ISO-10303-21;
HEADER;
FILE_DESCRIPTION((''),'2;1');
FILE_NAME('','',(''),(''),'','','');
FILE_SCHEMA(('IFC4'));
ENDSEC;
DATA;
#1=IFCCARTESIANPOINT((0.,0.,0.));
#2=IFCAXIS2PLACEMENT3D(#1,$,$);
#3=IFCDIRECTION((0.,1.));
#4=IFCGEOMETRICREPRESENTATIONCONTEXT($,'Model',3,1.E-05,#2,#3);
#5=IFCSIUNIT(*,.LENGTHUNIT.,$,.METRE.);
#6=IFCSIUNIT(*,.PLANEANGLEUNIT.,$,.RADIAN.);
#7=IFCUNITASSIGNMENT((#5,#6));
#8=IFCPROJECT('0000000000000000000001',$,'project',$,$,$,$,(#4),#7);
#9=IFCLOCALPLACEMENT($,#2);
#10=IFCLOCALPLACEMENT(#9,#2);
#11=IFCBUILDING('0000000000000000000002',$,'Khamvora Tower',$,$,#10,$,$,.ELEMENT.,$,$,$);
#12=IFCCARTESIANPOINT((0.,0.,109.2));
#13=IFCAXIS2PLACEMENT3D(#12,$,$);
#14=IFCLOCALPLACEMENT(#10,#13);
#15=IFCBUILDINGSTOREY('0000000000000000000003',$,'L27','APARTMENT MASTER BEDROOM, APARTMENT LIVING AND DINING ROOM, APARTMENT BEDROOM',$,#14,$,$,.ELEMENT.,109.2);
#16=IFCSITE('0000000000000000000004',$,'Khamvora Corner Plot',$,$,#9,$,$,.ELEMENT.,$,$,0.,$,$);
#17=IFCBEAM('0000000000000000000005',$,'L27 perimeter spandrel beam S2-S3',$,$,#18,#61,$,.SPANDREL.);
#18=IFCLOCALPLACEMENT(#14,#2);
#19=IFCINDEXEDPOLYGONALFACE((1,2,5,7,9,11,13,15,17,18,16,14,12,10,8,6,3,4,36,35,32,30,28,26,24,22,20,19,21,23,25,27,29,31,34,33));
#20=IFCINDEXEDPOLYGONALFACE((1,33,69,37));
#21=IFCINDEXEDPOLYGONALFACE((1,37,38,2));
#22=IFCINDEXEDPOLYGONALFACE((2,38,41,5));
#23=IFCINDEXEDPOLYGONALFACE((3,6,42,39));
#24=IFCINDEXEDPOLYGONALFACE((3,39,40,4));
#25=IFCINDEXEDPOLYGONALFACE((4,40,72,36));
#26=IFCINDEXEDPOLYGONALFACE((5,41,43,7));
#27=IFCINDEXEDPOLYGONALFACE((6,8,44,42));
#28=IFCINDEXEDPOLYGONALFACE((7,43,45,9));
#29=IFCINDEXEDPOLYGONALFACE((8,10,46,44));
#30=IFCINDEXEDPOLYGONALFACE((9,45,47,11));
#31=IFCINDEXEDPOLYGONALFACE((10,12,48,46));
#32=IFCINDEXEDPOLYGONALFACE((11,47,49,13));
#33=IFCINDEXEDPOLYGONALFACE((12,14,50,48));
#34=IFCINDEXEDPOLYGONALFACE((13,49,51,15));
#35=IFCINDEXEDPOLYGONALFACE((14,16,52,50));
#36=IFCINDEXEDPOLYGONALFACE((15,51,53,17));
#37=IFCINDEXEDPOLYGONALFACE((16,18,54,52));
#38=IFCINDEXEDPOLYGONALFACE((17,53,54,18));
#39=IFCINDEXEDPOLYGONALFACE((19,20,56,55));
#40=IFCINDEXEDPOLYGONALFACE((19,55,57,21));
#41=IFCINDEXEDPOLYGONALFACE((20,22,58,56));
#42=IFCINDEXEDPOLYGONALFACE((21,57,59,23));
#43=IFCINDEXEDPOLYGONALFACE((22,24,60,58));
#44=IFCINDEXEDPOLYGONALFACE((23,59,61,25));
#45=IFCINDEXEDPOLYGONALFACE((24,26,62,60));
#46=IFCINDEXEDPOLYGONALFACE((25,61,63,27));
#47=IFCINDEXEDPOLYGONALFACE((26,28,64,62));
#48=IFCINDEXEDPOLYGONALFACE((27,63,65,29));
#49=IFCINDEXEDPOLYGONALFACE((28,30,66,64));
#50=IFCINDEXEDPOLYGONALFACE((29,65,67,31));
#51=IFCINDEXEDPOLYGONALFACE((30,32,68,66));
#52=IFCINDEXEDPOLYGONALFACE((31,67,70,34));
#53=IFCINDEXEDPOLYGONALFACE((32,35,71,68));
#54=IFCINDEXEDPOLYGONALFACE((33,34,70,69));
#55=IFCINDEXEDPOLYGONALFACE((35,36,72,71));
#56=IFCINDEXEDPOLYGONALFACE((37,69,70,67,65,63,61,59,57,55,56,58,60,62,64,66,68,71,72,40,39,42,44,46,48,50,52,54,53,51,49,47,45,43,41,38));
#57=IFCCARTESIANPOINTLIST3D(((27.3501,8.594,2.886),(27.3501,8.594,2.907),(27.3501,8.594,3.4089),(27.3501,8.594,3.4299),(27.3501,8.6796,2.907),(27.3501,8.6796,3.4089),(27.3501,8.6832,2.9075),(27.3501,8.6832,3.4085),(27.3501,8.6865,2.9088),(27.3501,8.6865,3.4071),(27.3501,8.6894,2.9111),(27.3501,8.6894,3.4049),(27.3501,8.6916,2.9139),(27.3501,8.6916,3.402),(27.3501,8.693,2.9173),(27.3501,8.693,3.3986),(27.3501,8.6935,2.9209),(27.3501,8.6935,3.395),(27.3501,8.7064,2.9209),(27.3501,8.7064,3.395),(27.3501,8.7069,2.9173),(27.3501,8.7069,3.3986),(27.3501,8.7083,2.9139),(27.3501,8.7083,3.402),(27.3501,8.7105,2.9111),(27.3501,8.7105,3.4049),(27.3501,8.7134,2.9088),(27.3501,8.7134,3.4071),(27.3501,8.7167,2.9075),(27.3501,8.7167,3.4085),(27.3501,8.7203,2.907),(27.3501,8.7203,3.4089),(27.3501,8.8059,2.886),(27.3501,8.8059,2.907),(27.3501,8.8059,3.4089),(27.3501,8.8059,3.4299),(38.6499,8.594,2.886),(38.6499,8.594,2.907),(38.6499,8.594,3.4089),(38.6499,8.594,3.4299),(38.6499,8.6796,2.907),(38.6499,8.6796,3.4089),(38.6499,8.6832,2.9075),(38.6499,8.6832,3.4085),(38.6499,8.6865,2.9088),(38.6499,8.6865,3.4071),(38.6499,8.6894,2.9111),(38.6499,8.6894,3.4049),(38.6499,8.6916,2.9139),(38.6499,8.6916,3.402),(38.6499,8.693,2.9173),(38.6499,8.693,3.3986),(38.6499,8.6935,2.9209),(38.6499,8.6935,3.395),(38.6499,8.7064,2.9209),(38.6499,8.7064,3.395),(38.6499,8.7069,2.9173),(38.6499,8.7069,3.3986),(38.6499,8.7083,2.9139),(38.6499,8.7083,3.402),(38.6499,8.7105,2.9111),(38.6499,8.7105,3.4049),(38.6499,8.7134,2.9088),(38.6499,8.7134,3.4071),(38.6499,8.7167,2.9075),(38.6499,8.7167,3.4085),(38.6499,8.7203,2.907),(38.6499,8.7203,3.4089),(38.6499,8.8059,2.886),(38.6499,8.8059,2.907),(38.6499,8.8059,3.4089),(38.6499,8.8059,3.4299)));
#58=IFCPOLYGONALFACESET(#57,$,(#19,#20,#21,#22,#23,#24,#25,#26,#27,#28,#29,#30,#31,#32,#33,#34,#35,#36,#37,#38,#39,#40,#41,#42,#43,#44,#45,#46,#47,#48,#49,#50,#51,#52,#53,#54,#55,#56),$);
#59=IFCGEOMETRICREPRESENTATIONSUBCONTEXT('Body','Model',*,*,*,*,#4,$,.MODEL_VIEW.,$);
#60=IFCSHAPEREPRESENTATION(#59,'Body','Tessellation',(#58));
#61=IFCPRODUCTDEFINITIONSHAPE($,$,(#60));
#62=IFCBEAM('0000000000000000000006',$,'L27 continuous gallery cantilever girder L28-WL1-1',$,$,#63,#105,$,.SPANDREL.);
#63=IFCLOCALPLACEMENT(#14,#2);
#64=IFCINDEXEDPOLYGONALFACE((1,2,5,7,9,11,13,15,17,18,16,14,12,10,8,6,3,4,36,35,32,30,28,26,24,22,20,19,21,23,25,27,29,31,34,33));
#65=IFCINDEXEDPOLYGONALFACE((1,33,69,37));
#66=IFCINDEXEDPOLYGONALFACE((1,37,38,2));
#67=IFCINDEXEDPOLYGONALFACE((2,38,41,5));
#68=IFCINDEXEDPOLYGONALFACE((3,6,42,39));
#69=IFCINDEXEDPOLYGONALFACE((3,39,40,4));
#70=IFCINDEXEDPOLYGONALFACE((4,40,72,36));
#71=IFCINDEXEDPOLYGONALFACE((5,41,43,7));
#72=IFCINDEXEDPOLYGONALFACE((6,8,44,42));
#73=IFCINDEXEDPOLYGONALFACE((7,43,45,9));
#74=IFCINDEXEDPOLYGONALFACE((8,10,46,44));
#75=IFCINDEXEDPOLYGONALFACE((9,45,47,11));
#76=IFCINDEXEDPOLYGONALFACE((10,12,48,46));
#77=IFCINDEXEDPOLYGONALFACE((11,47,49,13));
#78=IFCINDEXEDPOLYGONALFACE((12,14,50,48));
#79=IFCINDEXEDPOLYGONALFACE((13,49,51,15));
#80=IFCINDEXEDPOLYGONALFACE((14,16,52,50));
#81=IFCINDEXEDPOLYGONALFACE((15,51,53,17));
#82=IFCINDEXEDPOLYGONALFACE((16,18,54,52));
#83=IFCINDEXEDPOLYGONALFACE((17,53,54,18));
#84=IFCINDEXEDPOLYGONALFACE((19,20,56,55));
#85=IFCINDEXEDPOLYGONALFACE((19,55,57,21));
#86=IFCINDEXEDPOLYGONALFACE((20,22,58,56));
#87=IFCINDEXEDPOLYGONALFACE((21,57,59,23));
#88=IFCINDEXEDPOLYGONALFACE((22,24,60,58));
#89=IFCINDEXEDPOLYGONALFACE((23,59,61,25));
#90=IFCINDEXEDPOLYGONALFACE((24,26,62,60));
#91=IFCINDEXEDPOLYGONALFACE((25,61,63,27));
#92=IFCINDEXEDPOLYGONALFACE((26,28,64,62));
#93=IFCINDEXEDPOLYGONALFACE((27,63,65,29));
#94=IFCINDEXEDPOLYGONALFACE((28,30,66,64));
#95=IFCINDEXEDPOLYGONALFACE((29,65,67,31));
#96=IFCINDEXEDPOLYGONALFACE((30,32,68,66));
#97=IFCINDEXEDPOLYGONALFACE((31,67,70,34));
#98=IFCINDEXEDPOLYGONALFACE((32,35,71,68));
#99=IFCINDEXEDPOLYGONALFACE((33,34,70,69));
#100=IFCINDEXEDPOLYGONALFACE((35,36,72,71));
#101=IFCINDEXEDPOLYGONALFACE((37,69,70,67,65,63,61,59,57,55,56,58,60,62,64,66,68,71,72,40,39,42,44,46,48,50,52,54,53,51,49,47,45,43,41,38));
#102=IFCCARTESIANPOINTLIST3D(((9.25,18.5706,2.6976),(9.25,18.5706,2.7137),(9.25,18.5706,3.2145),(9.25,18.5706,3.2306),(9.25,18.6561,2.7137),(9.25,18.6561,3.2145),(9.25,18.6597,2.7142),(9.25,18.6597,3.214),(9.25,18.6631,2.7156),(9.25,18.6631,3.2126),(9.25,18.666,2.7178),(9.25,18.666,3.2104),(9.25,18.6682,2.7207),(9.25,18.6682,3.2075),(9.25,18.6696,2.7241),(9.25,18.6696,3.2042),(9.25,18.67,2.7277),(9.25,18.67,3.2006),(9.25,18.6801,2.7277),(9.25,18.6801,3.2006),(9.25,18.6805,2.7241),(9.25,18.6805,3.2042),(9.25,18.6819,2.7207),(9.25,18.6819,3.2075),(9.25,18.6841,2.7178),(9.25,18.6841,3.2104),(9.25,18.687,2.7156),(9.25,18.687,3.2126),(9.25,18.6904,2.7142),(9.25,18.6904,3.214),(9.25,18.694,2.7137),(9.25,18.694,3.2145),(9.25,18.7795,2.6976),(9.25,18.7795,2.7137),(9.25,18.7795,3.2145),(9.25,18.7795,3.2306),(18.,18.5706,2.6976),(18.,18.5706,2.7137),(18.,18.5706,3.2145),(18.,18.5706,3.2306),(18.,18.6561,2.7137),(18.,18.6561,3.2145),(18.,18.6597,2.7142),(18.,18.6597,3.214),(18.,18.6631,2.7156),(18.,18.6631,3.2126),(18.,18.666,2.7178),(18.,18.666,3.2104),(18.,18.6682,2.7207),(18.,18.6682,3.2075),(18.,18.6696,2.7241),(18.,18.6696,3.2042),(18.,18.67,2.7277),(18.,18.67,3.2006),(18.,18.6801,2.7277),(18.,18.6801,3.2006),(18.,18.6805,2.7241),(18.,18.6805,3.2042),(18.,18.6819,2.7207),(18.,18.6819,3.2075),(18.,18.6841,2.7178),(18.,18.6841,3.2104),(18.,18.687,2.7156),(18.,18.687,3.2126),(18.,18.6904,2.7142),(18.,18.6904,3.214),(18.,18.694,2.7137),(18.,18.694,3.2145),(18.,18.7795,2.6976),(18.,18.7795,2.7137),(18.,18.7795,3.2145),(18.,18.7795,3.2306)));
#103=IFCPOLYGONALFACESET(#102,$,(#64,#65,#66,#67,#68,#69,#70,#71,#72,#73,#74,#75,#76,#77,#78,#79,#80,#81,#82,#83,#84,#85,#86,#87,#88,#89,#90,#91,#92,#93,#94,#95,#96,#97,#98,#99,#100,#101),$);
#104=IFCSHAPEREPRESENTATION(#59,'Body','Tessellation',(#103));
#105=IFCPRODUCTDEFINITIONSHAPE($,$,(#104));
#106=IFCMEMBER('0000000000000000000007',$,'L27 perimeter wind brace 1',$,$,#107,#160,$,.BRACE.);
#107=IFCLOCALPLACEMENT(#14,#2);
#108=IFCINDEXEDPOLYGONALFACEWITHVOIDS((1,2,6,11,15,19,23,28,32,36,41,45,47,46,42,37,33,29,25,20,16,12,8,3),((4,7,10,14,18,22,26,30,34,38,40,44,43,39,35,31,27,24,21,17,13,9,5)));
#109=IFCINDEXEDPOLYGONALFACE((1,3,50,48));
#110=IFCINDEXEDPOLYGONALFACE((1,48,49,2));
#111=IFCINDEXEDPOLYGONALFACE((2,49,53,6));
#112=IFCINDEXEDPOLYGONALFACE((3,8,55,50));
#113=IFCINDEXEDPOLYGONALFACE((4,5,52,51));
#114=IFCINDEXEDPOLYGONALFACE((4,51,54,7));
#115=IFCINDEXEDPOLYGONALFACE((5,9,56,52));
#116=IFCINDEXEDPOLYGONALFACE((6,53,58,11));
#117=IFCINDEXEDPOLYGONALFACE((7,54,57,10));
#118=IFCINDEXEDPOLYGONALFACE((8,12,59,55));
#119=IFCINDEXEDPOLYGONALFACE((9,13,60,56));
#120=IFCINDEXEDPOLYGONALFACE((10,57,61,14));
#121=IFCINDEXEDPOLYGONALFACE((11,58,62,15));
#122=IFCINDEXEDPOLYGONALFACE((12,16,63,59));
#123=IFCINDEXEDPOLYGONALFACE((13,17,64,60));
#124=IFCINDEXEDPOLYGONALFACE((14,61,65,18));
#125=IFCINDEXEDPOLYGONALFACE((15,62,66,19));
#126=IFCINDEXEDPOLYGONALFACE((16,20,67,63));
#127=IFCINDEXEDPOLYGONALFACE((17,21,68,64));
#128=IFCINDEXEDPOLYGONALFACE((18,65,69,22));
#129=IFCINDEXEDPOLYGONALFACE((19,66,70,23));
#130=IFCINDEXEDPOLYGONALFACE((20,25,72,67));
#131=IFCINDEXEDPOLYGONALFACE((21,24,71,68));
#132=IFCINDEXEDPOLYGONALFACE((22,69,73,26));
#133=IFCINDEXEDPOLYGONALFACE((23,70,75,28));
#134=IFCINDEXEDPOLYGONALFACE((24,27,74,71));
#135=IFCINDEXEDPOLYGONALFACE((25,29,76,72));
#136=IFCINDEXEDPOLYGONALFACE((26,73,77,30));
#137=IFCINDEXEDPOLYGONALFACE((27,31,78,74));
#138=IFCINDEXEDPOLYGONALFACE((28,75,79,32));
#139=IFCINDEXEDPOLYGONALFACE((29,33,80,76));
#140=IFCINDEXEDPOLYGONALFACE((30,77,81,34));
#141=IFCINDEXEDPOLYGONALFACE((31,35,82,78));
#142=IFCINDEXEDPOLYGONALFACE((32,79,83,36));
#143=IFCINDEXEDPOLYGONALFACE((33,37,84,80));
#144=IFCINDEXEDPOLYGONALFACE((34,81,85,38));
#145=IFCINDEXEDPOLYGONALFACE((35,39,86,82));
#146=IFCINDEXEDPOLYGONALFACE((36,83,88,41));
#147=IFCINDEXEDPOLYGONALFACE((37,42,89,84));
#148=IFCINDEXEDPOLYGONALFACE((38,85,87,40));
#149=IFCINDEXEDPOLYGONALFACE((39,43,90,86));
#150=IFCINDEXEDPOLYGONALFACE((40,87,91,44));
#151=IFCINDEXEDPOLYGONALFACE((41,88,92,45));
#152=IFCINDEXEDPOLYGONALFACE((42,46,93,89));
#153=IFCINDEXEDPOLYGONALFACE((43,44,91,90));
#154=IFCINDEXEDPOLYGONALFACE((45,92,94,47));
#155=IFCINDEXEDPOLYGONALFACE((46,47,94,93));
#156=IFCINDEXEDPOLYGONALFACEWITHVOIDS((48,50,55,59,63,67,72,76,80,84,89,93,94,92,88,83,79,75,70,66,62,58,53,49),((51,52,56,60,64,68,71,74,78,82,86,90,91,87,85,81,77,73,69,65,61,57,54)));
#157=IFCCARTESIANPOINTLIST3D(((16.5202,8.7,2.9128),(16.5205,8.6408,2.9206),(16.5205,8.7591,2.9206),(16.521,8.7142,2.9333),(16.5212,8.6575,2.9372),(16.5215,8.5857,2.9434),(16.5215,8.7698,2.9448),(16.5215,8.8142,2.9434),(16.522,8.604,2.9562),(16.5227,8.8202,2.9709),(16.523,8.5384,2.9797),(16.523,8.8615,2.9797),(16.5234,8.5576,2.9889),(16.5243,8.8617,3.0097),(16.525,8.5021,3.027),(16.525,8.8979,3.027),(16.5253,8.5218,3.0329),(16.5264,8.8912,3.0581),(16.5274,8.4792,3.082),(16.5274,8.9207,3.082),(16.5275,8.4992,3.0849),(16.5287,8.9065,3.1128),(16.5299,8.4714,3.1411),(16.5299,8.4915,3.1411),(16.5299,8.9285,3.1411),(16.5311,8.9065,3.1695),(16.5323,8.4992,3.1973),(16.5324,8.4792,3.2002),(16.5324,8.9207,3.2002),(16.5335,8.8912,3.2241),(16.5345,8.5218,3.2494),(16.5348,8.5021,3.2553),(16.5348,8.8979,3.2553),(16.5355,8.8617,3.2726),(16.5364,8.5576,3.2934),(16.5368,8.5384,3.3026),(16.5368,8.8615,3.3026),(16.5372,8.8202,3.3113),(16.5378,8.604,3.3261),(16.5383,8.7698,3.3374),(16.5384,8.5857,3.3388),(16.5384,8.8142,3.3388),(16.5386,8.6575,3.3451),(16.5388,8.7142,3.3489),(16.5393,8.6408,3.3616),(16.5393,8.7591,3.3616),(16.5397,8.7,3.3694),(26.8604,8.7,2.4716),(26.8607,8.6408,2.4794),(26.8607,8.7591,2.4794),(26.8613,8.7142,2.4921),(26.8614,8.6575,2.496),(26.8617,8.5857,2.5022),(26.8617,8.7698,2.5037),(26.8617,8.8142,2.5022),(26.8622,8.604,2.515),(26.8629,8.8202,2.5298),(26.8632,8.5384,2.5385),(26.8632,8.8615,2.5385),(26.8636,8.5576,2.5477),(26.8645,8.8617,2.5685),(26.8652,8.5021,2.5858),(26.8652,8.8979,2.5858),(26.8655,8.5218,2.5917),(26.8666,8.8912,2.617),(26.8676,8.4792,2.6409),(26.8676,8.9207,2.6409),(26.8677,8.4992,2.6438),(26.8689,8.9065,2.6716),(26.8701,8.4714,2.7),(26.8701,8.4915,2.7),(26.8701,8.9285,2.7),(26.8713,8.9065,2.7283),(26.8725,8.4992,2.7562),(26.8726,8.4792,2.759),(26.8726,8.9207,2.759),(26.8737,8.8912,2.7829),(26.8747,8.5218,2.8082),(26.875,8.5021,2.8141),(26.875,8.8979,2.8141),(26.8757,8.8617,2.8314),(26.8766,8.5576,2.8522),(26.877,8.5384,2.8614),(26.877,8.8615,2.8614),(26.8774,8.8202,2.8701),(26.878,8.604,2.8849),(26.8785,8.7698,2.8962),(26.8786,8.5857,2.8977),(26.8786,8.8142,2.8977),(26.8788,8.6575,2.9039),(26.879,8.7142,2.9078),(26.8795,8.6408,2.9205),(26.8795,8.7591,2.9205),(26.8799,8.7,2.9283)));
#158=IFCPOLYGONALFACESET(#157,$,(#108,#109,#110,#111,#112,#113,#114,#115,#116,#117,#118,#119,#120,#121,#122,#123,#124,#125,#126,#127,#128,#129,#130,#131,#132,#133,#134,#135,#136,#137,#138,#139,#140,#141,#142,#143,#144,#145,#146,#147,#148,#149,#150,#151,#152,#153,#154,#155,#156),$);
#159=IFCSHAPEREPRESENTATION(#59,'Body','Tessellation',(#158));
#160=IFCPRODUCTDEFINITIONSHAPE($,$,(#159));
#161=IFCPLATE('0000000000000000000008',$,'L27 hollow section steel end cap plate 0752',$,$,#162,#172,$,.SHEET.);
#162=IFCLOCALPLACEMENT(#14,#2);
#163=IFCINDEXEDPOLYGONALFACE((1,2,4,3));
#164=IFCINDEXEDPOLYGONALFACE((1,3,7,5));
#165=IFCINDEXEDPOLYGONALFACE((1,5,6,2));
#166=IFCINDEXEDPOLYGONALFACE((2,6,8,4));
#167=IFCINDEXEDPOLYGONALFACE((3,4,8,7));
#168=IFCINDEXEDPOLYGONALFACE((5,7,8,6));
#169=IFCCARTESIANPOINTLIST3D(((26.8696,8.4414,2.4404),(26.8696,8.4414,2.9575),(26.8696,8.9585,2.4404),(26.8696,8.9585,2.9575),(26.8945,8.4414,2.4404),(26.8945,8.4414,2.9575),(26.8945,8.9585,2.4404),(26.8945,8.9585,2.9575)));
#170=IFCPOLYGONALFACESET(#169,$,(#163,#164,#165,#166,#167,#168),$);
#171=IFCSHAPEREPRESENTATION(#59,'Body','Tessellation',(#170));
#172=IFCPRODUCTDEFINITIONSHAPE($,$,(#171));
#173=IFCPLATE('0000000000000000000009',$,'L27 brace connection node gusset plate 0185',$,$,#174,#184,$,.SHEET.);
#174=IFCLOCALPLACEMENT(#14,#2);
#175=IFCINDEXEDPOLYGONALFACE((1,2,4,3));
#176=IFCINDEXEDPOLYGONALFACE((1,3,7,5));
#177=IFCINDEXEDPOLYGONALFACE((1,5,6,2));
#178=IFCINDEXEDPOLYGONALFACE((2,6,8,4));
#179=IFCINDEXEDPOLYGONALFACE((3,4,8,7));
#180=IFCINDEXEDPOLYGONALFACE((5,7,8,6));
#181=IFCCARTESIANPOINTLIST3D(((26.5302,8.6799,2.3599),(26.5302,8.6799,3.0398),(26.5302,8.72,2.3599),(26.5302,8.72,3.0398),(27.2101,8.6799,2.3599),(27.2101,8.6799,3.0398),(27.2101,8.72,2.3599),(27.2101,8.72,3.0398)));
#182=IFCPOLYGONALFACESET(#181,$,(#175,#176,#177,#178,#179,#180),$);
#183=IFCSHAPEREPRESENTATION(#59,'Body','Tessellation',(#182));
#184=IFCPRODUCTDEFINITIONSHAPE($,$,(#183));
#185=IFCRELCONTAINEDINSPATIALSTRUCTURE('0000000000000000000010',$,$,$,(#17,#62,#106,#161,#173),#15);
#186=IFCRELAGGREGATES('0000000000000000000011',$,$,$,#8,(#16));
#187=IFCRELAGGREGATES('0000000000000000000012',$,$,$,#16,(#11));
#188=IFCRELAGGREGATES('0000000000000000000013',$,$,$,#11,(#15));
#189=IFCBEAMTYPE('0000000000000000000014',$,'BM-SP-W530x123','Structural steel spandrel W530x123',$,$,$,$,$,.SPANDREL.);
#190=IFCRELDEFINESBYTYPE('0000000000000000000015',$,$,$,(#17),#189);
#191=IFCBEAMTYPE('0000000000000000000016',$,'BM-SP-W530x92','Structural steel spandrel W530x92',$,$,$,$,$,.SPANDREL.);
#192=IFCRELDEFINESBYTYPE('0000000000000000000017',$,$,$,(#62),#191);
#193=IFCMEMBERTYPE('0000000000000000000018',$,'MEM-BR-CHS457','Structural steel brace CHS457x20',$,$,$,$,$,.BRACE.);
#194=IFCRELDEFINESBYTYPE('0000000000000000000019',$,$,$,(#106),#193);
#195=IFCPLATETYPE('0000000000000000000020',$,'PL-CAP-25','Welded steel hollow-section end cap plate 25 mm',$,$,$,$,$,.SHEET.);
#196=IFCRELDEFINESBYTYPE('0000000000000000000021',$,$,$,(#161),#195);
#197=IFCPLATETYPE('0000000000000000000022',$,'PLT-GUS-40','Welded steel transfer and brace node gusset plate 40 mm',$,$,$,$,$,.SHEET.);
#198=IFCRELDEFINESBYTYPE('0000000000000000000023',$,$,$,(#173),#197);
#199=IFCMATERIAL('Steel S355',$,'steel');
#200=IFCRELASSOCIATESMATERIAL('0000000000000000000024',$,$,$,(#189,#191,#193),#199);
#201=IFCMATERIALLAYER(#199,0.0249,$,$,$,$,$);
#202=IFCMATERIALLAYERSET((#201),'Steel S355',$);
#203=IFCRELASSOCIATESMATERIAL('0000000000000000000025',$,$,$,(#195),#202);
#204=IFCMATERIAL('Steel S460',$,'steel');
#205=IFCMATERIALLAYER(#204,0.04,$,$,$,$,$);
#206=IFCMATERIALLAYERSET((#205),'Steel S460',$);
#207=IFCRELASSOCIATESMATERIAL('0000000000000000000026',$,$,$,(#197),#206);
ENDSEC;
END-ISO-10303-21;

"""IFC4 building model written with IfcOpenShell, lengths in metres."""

from ifc_helpers import new_model, si_unit, direction, frame, origin, origin_2d, place, context, subcontext, project, spatial, rectangle, hollow_circle, i_section, extrude, material, layer, layer_set, material_profile, profile_set, type_object, element, save


model = new_model("IFC4")

# Units and contexts
model_context = context("Model", 3, precision=1e-05, world=origin(), true_north=direction((0.0, 1.0)))
body_context = subcontext(model_context, "Body", "Model", "MODEL_VIEW")
ifc_project = project(units=[si_unit("LENGTHUNIT", "METRE"), si_unit("PLANEANGLEUNIT", "RADIAN")], contexts=[model_context])

# Site, building, storey
site_placement = place(None, origin())
site = spatial("IfcSite", under=ifc_project, at=site_placement, Name="Khamvora Corner Plot", CompositionType="ELEMENT", RefElevation=0.0)
building_placement = place(site_placement, origin())
building = spatial("IfcBuilding", under=site, at=building_placement, Name="Khamvora Tower", CompositionType="ELEMENT")
storey_placement = place(building_placement, frame((0.0, 0.0, 109.2)))
storey = spatial("IfcBuildingStorey", under=building, at=storey_placement, Name="L27", Description="APARTMENT MASTER BEDROOM, APARTMENT LIVING AND DINING ROOM, APARTMENT BEDROOM", CompositionType="ELEMENT", Elevation=109.2)

# Shared definitions
ifc_material_1 = material(Name="Steel S355", Category="steel")

# Beams
ifc_material_profile_1 = material_profile(ifc_material_1, i_section(OverallWidth=0.2119, OverallDepth=0.5439, WebThickness=0.0129, FlangeThickness=0.021, FilletRadius=0.0139, at=origin_2d()), Name="W530x123")
ifc_profile_set_1 = profile_set([ifc_material_profile_1], Name="Steel S355")
beam_type_1 = type_object("IfcBeamType", Name="BM-SP-W530x123", Description="Structural steel spandrel W530x123", PredefinedType="SPANDREL", material=ifc_profile_set_1)
beam_1_placement = place(storey_placement, frame((27.3501, 8.7, 3.158), z_axis=(1.0, 0.0, 0.0), x_axis=(0.0, 1.0, 0.0)))
element("IfcBeam", 1, at=beam_1_placement, inside=storey, type_object=beam_type_1, Name="L27 perimeter spandrel beam S2-S3", PredefinedType="SPANDREL", context=body_context, shape_type="SweptSolid", body=[
    extrude(i_section(OverallWidth=0.2119, OverallDepth=0.5439, WebThickness=0.0129, FlangeThickness=0.021, FilletRadius=0.0139, at=origin_2d()), origin(), (0.0, 0.0, 1.0), 11.2998),
])
ifc_material_profile_2 = material_profile(ifc_material_1, i_section(OverallWidth=0.209, OverallDepth=0.533, WebThickness=0.01, FlangeThickness=0.0161, FilletRadius=0.0139, at=origin_2d()), Name="W530x92")
ifc_profile_set_2 = profile_set([ifc_material_profile_2], Name="Steel S355")
beam_type_2 = type_object("IfcBeamType", Name="BM-SP-W530x92", Description="Structural steel spandrel W530x92", PredefinedType="SPANDREL", material=ifc_profile_set_2)
beam_2_placement = place(storey_placement, frame((18.0, 18.675, 2.9641), z_axis=(-1.0, 0.0, 0.0), x_axis=(0.0, -1.0, 0.0)))
element("IfcBeam", 2, at=beam_2_placement, inside=storey, type_object=beam_type_2, Name="L27 continuous gallery cantilever girder L28-WL1-1", PredefinedType="SPANDREL", context=body_context, shape_type="SweptSolid", body=[
    extrude(i_section(OverallWidth=0.209, OverallDepth=0.533, WebThickness=0.01, FlangeThickness=0.0161, FilletRadius=0.0139, at=origin_2d()), origin(), (0.0, 0.0, 1.0), 8.75),
])

# Member
ifc_material_profile_3 = material_profile(ifc_material_1, hollow_circle(Radius=0.2285, WallThickness=0.02, at=origin_2d()), Name="CHS457x20")
ifc_profile_set_3 = profile_set([ifc_material_profile_3], Name="Steel S355")
member_type = type_object("IfcMemberType", Name="MEM-BR-CHS457", Description="Structural steel brace CHS457x20", PredefinedType="BRACE", material=ifc_profile_set_3)
member_placement = place(storey_placement, frame((26.8701, 8.7, 2.7), z_axis=(-0.999091, 0.0, 0.042626), x_axis=(0.0, -1.0, 0.0)))
element("IfcMember", 3, at=member_placement, inside=storey, type_object=member_type, Name="L27 perimeter wind brace 1", PredefinedType="BRACE", context=body_context, shape_type="SweptSolid", body=[
    extrude(hollow_circle(Radius=0.2285, WallThickness=0.02, at=origin_2d()), origin(), (0.0, 0.0, 1.0), 10.3496),
])

# Plates
ifc_layer_1 = layer(ifc_material_1, 0.0249)
ifc_layer_set_1 = layer_set([ifc_layer_1], Name="Steel S355")
plate_type_1 = type_object("IfcPlateType", Name="PL-CAP-25", Description="Welded steel hollow-section end cap plate 25 mm", PredefinedType="SHEET", material=ifc_layer_set_1)
plate_1_placement = place(storey_placement, frame((26.8821, 8.7, 2.4404), z_axis=(0.0, 0.0, 1.0), x_axis=(-1.0, 0.0, 0.0)))
element("IfcPlate", 4, at=plate_1_placement, inside=storey, type_object=plate_type_1, Name="L27 hollow section steel end cap plate 0752", PredefinedType="SHEET", context=body_context, shape_type="SweptSolid", body=[
    extrude(rectangle(XDim=0.0249, YDim=0.5171, at=origin_2d()), origin(), (0.0, 0.0, 1.0), 0.5171),
])
ifc_material_2 = material(Name="Steel S460", Category="steel")
ifc_layer_2 = layer(ifc_material_2, 0.04)
ifc_layer_set_2 = layer_set([ifc_layer_2], Name="Steel S460")
plate_type_2 = type_object("IfcPlateType", Name="PLT-GUS-40", Description="Welded steel transfer and brace node gusset plate 40 mm", PredefinedType="SHEET", material=ifc_layer_set_2)
plate_2_placement = place(storey_placement, frame((26.8701, 8.7, 2.3599), z_axis=(0.0, 0.0, 1.0), x_axis=(1.0, 0.0, 0.0)))
element("IfcPlate", 5, at=plate_2_placement, inside=storey, type_object=plate_type_2, Name="L27 brace connection node gusset plate 0185", PredefinedType="SHEET", context=body_context, shape_type="SweptSolid", body=[
    extrude(rectangle(XDim=0.6799, YDim=0.04, at=origin_2d()), origin(), (0.0, 0.0, 1.0), 0.6799),
])

save(model, "model.ifc")
